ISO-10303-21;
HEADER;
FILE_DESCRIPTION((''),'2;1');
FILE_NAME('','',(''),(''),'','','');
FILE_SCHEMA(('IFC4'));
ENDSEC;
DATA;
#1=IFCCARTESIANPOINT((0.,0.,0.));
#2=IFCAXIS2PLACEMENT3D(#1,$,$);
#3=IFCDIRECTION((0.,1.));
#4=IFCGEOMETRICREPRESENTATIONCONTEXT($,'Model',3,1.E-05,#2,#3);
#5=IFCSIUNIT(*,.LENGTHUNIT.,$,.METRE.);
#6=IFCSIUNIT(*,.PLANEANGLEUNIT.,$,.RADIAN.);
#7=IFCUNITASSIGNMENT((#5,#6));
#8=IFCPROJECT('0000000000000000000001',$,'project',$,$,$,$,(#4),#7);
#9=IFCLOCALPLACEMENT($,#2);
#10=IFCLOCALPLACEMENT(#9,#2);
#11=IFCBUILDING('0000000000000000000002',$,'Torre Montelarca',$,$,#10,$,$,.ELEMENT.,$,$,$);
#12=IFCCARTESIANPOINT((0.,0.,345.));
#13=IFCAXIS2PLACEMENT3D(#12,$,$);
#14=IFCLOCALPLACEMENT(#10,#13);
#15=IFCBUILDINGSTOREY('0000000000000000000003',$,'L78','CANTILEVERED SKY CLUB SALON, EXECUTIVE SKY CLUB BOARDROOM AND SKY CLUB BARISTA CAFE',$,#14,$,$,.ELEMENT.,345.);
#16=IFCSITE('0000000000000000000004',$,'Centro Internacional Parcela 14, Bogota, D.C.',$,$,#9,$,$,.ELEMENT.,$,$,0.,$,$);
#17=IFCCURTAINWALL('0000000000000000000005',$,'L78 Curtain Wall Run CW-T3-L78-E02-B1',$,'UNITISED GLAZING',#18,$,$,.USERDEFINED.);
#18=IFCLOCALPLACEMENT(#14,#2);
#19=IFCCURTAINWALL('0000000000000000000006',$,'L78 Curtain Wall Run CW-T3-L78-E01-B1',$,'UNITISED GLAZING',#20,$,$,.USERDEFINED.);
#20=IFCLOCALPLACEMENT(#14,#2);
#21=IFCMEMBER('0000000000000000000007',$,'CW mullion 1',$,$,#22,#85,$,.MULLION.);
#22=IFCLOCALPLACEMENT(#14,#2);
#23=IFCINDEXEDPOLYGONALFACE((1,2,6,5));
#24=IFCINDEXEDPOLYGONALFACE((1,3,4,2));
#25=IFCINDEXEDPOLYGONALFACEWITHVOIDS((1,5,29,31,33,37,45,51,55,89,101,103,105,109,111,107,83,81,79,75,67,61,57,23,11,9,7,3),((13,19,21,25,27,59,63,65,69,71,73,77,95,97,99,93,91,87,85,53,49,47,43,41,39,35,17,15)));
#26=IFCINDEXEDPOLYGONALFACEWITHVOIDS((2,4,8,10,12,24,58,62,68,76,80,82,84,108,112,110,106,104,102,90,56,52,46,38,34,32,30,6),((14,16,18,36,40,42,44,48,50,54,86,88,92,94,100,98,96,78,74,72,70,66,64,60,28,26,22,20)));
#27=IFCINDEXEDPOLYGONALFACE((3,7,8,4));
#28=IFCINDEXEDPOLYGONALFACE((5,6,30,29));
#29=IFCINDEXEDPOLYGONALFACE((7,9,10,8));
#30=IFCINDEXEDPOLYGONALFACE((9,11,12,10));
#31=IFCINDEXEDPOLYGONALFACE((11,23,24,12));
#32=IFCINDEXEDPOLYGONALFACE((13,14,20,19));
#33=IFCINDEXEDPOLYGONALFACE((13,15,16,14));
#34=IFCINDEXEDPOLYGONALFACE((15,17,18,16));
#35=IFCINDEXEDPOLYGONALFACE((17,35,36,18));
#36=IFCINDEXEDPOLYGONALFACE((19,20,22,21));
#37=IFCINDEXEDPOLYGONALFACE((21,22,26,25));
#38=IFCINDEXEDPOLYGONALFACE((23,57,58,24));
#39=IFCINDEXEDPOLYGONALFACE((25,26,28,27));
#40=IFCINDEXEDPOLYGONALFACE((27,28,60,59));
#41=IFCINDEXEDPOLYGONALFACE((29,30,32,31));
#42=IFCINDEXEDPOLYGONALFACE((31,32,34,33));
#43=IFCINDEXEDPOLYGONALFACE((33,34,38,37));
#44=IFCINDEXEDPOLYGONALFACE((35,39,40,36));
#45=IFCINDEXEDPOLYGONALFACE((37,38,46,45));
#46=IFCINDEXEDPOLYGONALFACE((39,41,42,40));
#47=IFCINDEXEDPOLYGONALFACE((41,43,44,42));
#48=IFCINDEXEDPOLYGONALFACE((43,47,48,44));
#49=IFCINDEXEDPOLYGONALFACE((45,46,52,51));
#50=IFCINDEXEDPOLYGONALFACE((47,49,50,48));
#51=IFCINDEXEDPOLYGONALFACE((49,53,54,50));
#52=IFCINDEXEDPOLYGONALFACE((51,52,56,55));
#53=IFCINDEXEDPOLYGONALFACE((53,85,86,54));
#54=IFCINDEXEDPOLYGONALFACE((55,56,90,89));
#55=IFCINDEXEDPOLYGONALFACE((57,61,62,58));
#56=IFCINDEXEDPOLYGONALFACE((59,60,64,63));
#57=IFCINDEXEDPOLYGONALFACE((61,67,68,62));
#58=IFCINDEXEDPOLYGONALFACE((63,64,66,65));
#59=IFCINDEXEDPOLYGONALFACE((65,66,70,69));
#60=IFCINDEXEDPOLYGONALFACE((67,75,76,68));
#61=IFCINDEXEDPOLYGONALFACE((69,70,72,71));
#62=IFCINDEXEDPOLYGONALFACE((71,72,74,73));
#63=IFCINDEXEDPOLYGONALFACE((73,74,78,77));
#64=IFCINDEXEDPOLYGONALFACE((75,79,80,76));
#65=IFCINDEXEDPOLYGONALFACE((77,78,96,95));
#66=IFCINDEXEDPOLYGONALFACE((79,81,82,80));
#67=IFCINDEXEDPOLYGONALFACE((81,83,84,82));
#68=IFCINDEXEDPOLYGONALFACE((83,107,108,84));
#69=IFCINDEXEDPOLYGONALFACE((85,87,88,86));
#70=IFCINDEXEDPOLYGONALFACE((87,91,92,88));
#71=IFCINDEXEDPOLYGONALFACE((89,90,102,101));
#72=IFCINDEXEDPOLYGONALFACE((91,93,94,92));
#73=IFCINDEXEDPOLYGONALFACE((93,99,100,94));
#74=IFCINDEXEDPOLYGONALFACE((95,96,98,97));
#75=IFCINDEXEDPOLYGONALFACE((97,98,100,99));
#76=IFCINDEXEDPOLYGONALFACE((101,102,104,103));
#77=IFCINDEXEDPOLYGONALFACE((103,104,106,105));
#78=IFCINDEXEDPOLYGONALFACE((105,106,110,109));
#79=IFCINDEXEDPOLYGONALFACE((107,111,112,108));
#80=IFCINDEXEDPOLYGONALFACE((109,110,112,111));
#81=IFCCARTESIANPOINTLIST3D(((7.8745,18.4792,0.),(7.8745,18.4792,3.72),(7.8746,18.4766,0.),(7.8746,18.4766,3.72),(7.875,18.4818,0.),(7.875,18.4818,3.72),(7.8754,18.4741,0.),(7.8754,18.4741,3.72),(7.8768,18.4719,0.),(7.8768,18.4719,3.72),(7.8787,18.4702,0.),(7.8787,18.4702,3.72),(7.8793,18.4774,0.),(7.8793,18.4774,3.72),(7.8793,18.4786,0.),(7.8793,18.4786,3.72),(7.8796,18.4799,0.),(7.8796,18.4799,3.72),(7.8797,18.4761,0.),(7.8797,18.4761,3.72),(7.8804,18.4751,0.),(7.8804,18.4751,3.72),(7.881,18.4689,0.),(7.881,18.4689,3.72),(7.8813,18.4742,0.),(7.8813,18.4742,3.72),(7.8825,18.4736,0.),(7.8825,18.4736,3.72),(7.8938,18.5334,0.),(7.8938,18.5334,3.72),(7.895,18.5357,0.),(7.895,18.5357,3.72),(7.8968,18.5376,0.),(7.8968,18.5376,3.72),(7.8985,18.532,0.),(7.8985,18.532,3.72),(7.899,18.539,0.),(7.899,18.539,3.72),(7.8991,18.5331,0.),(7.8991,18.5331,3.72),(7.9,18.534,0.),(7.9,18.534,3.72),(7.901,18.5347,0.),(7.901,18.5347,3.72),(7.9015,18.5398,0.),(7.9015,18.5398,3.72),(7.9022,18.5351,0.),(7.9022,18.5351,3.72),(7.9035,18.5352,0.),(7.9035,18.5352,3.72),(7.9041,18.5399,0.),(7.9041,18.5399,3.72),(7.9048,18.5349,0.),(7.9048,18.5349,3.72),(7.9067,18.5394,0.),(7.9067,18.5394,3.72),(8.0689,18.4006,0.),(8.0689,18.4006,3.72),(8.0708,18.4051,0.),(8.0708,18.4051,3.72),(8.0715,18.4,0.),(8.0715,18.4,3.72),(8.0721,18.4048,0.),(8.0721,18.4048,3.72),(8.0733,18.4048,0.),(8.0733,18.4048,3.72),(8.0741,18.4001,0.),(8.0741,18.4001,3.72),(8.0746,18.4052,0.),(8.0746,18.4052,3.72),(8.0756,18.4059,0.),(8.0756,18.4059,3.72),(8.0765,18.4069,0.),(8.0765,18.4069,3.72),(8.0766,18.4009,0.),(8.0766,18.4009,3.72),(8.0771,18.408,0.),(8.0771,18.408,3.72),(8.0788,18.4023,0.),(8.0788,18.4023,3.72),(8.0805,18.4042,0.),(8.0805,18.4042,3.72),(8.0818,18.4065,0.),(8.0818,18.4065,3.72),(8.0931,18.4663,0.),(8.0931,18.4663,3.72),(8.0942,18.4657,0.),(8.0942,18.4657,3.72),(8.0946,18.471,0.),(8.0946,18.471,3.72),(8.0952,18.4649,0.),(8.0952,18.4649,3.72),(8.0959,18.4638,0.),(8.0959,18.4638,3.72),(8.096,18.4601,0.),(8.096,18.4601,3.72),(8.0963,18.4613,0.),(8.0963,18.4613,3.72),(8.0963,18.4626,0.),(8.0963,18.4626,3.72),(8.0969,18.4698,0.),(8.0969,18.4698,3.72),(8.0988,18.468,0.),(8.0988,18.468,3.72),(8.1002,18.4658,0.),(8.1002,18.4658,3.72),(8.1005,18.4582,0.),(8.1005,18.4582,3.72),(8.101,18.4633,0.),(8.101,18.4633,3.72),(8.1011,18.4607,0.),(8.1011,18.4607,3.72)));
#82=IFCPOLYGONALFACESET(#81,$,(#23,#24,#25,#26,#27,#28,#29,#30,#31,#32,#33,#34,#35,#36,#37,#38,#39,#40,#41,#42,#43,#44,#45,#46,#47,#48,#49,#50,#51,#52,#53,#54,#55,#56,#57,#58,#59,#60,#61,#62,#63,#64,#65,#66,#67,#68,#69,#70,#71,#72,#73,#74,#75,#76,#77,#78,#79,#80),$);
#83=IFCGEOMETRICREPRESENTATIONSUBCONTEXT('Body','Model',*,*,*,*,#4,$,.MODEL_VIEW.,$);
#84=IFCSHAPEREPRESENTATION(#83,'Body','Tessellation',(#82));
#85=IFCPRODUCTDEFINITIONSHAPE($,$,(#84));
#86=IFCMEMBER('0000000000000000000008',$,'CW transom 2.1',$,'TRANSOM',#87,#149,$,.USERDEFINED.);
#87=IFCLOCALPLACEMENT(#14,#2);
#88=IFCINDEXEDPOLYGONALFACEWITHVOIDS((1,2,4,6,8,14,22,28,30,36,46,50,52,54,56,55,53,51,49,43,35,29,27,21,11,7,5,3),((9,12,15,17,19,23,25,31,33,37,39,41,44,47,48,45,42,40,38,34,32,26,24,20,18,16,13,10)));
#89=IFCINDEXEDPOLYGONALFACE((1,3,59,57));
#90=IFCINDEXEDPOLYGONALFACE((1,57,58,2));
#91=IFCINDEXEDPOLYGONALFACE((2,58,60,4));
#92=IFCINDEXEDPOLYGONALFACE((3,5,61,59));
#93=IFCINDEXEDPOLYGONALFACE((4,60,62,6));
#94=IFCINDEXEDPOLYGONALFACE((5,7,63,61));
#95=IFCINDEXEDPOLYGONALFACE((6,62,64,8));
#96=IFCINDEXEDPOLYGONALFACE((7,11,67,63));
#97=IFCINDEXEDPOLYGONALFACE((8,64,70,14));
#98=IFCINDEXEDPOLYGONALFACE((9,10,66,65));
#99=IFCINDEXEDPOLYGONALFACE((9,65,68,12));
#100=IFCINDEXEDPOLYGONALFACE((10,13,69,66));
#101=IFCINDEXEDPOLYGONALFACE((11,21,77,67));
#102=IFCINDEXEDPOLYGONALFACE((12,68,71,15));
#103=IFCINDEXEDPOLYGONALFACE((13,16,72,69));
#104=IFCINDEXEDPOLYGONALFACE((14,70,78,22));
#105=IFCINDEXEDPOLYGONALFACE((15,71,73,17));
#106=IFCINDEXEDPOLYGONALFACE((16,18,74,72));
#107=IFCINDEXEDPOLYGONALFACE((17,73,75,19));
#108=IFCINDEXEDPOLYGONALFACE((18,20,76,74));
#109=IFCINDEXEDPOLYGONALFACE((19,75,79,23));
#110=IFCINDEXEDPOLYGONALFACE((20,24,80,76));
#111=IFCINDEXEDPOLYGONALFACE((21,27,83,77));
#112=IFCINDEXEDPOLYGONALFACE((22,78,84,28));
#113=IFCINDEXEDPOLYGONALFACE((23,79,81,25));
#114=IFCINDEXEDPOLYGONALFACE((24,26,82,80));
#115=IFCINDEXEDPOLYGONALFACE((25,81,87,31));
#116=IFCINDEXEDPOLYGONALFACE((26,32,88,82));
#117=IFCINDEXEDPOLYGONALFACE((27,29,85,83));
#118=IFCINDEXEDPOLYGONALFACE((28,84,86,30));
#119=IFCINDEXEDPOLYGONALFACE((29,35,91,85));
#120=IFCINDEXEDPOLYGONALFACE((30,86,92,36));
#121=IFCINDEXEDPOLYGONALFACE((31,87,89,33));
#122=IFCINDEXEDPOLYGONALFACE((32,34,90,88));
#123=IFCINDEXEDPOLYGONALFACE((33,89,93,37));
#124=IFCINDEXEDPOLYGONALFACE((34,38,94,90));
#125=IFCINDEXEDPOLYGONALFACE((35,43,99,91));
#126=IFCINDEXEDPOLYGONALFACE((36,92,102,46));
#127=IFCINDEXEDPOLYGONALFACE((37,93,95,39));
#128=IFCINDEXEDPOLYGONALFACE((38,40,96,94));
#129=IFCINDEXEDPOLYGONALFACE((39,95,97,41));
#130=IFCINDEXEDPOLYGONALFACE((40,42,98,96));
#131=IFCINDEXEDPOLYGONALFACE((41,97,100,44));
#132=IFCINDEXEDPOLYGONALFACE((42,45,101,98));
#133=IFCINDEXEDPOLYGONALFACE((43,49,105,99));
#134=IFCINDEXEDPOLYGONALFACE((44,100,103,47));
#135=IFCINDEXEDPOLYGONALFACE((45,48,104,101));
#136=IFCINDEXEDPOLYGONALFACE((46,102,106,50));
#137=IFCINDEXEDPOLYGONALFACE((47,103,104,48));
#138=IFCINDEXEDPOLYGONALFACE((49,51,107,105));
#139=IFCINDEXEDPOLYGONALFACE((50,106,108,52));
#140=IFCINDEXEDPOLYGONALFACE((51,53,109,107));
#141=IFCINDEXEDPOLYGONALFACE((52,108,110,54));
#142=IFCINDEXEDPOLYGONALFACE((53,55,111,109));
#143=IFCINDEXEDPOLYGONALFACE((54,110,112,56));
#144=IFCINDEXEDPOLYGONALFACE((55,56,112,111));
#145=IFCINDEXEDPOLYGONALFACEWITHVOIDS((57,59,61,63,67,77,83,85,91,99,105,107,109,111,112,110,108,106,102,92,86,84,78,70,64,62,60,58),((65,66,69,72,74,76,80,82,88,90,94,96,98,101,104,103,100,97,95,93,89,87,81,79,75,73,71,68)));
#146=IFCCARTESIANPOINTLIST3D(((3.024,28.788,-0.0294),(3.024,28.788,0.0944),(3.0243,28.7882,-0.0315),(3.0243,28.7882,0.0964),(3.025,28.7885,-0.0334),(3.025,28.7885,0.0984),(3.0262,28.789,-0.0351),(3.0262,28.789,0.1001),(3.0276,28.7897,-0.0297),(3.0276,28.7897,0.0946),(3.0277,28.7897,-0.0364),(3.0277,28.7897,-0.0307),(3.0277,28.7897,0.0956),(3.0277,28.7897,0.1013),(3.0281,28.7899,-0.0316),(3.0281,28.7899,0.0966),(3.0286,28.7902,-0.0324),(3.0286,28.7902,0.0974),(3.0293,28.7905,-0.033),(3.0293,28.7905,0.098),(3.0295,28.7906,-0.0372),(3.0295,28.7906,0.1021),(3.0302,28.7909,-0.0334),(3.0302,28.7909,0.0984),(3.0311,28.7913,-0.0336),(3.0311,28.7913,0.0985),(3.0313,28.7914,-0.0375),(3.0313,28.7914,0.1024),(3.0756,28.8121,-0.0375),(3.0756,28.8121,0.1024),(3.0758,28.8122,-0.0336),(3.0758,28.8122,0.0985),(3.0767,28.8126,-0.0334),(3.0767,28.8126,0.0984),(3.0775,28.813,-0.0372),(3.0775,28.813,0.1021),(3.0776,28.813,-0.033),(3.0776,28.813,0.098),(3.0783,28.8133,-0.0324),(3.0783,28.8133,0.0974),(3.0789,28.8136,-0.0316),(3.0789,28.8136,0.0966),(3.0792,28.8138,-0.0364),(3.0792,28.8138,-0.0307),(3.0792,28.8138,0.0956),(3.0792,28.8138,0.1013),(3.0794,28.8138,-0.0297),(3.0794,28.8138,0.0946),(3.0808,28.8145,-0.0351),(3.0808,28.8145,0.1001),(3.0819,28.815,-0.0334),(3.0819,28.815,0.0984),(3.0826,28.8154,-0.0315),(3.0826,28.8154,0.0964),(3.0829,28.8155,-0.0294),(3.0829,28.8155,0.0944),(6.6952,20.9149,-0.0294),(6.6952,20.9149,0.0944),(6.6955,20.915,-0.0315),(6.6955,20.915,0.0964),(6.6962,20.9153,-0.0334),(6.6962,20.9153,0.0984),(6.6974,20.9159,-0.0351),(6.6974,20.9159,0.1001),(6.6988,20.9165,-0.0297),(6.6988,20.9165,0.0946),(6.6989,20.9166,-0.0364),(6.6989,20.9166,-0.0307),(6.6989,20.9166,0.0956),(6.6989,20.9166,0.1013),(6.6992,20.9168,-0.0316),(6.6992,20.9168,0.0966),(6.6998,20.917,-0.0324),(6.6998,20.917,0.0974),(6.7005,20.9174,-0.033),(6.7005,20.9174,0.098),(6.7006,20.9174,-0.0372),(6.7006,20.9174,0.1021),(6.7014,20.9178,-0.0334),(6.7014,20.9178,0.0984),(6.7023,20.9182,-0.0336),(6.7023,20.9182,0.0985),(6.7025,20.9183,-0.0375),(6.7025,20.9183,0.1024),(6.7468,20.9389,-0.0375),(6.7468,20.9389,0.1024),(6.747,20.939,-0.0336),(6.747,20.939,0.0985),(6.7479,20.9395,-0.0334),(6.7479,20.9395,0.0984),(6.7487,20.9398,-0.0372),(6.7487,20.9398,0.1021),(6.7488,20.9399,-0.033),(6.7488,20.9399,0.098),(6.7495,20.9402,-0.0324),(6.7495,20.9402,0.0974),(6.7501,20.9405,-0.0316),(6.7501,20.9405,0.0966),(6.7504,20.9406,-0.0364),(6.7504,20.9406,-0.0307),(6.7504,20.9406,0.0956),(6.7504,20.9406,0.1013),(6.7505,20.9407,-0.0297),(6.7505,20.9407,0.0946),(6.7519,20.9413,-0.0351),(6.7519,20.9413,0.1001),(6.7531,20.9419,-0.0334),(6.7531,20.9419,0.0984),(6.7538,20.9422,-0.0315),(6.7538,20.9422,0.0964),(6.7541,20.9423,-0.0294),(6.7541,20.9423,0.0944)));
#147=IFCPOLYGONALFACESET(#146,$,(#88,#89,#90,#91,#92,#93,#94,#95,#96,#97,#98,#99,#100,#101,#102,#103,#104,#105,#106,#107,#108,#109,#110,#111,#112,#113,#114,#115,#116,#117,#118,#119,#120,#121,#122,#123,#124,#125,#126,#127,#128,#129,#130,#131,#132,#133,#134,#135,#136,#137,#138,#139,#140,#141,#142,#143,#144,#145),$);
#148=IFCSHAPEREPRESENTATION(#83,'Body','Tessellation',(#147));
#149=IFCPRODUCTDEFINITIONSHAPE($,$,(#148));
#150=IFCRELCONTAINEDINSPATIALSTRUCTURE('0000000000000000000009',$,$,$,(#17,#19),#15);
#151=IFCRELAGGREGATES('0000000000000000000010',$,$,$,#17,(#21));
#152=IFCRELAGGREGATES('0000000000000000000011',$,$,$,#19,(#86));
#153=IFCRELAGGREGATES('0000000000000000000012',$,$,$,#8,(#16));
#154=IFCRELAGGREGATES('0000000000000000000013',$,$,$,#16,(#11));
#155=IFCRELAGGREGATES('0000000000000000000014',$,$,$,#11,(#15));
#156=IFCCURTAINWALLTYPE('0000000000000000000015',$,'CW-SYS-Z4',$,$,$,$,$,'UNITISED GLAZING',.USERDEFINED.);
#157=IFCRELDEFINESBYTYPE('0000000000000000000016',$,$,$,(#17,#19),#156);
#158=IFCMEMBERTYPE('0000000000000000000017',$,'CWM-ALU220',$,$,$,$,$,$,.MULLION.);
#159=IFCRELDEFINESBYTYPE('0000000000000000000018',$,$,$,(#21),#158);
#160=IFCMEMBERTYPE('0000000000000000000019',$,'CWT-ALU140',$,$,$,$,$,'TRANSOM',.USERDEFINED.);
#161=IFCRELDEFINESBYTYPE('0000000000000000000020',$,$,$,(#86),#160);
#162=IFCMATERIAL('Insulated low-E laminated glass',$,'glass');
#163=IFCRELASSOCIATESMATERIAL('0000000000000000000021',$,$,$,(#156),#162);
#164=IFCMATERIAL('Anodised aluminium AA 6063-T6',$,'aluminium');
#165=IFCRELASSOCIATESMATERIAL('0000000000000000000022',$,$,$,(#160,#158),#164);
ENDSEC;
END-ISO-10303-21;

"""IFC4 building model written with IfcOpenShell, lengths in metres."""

from ifc_helpers import new_model, si_unit, direction, frame, origin, origin_2d, place, context, subcontext, project, spatial, hollow_rectangle, extrude, source, transform, mapped, material, material_profile, profile_set, type_object, element, aggregate, save


model = new_model("IFC4")

# Units and contexts
model_context = context("Model", 3, precision=1e-05, world=origin(), true_north=direction((0.0, 1.0)))
body_context = subcontext(model_context, "Body", "Model", "MODEL_VIEW")
ifc_project = project(units=[si_unit("LENGTHUNIT", "METRE"), si_unit("PLANEANGLEUNIT", "RADIAN")], contexts=[model_context])

# Site, building, storey
site_placement = place(None, origin())
site = spatial("IfcSite", under=ifc_project, at=site_placement, Name="Centro Internacional Parcela 14, Bogota, D.C.", CompositionType="ELEMENT", RefElevation=0.0)
building_placement = place(site_placement, origin())
building = spatial("IfcBuilding", under=site, at=building_placement, Name="Torre Montelarca", CompositionType="ELEMENT")
storey_placement = place(building_placement, frame((0.0, 0.0, 345.0)))
storey = spatial("IfcBuildingStorey", under=building, at=storey_placement, Name="L78", Description="CANTILEVERED SKY CLUB SALON, EXECUTIVE SKY CLUB BOARDROOM AND SKY CLUB BARISTA CAFE", CompositionType="ELEMENT", Elevation=345.0)

# Curtain walls
ifc_material_1 = material(Name="Insulated low-E laminated glass", Category="glass")
curtain_wall_type = type_object("IfcCurtainWallType", Name="CW-SYS-Z4", ElementType="UNITISED GLAZING", PredefinedType="USERDEFINED", material=ifc_material_1)
curtain_wall_1_placement = place(storey_placement, origin())
curtain_wall_1 = element("IfcCurtainWall", 1, at=curtain_wall_1_placement, inside=storey, type_object=curtain_wall_type, Name="L78 Curtain Wall Run CW-T3-L78-E02-B1", ObjectType="UNITISED GLAZING", PredefinedType="USERDEFINED")
ifc_material_2 = material(Name="Anodised aluminium AA 6063-T6", Category="aluminium")
ifc_material_profile_1 = material_profile(ifc_material_2, hollow_rectangle(XDim=0.0649, YDim=0.1399, WallThickness=0.0039, InnerFilletRadius=0.0039, OuterFilletRadius=0.0081, at=origin_2d()), Name="ALU65X140X4", Category="aluminium")
ifc_profile_set_1 = profile_set([ifc_material_profile_1], Name="Anodised aluminium AA 6063-T6")
member_type_1 = type_object("IfcMemberType", Name="CWT-ALU140", ElementType="TRANSOM", PredefinedType="USERDEFINED", material=ifc_profile_set_1)
curtain_wall_2_placement = place(storey_placement, origin())
curtain_wall_2 = element("IfcCurtainWall", 2, at=curtain_wall_2_placement, inside=storey, type_object=curtain_wall_type, Name="L78 Curtain Wall Run CW-T3-L78-E01-B1", ObjectType="UNITISED GLAZING", PredefinedType="USERDEFINED")
ifc_material_profile_2 = material_profile(ifc_material_2, hollow_rectangle(XDim=0.075, YDim=0.22, WallThickness=0.0049, InnerFilletRadius=0.0049, OuterFilletRadius=0.01, at=origin_2d()), Name="ALU75X220X5", Category="aluminium")
ifc_profile_set_2 = profile_set([ifc_material_profile_2], Name="Anodised aluminium AA 6063-T6")
member_type_2 = type_object("IfcMemberType", Name="CWM-ALU220", PredefinedType="MULLION", material=ifc_profile_set_2)
shared_shape_1 = source(origin(), body_context, "Body", "SweptSolid", [
    extrude(hollow_rectangle(XDim=0.075, YDim=0.22, WallThickness=0.0049, InnerFilletRadius=0.0049, OuterFilletRadius=0.01, at=origin_2d()), origin(), (0.0, 0.0, 1.0), 3.72),
])

# Members
member_1_placement = place(storey_placement, frame((7.9878, 18.47, 0.0), z_axis=(0.0, 0.0, 1.0), x_axis=(0.342024, 0.939691, 0.0)))
member_1 = element("IfcMember", 3, at=member_1_placement, type_object=member_type_2, Name="CW mullion 1", PredefinedType="MULLION", context=body_context, shape_type="MappedRepresentation", body=[
    mapped(shared_shape_1, transform((0.0, 0.0, 0.0), scale=1.0)),
])
shared_shape_2 = source(origin(), body_context, "Body", "SweptSolid", [
    extrude(hollow_rectangle(XDim=0.0649, YDim=0.1399, WallThickness=0.0039, InnerFilletRadius=0.0039, OuterFilletRadius=0.0081, at=origin_2d()), origin(), (0.0, 0.0, 1.0), 8.687),
])
member_2_placement = place(storey_placement, frame((3.0535, 28.8018, 0.0325), z_axis=(0.422607, -0.906313, 0.0), x_axis=(0.906313, 0.422607, 0.0)))
member_2 = element("IfcMember", 4, at=member_2_placement, type_object=member_type_1, Name="CW transom 2.1", ObjectType="TRANSOM", PredefinedType="USERDEFINED", context=body_context, shape_type="MappedRepresentation", body=[
    mapped(shared_shape_2, transform((0.0, 0.0, 0.0), scale=1.0)),
])

aggregate(curtain_wall_1, [member_1])
aggregate(curtain_wall_2, [member_2])

save(model, "model.ifc")
